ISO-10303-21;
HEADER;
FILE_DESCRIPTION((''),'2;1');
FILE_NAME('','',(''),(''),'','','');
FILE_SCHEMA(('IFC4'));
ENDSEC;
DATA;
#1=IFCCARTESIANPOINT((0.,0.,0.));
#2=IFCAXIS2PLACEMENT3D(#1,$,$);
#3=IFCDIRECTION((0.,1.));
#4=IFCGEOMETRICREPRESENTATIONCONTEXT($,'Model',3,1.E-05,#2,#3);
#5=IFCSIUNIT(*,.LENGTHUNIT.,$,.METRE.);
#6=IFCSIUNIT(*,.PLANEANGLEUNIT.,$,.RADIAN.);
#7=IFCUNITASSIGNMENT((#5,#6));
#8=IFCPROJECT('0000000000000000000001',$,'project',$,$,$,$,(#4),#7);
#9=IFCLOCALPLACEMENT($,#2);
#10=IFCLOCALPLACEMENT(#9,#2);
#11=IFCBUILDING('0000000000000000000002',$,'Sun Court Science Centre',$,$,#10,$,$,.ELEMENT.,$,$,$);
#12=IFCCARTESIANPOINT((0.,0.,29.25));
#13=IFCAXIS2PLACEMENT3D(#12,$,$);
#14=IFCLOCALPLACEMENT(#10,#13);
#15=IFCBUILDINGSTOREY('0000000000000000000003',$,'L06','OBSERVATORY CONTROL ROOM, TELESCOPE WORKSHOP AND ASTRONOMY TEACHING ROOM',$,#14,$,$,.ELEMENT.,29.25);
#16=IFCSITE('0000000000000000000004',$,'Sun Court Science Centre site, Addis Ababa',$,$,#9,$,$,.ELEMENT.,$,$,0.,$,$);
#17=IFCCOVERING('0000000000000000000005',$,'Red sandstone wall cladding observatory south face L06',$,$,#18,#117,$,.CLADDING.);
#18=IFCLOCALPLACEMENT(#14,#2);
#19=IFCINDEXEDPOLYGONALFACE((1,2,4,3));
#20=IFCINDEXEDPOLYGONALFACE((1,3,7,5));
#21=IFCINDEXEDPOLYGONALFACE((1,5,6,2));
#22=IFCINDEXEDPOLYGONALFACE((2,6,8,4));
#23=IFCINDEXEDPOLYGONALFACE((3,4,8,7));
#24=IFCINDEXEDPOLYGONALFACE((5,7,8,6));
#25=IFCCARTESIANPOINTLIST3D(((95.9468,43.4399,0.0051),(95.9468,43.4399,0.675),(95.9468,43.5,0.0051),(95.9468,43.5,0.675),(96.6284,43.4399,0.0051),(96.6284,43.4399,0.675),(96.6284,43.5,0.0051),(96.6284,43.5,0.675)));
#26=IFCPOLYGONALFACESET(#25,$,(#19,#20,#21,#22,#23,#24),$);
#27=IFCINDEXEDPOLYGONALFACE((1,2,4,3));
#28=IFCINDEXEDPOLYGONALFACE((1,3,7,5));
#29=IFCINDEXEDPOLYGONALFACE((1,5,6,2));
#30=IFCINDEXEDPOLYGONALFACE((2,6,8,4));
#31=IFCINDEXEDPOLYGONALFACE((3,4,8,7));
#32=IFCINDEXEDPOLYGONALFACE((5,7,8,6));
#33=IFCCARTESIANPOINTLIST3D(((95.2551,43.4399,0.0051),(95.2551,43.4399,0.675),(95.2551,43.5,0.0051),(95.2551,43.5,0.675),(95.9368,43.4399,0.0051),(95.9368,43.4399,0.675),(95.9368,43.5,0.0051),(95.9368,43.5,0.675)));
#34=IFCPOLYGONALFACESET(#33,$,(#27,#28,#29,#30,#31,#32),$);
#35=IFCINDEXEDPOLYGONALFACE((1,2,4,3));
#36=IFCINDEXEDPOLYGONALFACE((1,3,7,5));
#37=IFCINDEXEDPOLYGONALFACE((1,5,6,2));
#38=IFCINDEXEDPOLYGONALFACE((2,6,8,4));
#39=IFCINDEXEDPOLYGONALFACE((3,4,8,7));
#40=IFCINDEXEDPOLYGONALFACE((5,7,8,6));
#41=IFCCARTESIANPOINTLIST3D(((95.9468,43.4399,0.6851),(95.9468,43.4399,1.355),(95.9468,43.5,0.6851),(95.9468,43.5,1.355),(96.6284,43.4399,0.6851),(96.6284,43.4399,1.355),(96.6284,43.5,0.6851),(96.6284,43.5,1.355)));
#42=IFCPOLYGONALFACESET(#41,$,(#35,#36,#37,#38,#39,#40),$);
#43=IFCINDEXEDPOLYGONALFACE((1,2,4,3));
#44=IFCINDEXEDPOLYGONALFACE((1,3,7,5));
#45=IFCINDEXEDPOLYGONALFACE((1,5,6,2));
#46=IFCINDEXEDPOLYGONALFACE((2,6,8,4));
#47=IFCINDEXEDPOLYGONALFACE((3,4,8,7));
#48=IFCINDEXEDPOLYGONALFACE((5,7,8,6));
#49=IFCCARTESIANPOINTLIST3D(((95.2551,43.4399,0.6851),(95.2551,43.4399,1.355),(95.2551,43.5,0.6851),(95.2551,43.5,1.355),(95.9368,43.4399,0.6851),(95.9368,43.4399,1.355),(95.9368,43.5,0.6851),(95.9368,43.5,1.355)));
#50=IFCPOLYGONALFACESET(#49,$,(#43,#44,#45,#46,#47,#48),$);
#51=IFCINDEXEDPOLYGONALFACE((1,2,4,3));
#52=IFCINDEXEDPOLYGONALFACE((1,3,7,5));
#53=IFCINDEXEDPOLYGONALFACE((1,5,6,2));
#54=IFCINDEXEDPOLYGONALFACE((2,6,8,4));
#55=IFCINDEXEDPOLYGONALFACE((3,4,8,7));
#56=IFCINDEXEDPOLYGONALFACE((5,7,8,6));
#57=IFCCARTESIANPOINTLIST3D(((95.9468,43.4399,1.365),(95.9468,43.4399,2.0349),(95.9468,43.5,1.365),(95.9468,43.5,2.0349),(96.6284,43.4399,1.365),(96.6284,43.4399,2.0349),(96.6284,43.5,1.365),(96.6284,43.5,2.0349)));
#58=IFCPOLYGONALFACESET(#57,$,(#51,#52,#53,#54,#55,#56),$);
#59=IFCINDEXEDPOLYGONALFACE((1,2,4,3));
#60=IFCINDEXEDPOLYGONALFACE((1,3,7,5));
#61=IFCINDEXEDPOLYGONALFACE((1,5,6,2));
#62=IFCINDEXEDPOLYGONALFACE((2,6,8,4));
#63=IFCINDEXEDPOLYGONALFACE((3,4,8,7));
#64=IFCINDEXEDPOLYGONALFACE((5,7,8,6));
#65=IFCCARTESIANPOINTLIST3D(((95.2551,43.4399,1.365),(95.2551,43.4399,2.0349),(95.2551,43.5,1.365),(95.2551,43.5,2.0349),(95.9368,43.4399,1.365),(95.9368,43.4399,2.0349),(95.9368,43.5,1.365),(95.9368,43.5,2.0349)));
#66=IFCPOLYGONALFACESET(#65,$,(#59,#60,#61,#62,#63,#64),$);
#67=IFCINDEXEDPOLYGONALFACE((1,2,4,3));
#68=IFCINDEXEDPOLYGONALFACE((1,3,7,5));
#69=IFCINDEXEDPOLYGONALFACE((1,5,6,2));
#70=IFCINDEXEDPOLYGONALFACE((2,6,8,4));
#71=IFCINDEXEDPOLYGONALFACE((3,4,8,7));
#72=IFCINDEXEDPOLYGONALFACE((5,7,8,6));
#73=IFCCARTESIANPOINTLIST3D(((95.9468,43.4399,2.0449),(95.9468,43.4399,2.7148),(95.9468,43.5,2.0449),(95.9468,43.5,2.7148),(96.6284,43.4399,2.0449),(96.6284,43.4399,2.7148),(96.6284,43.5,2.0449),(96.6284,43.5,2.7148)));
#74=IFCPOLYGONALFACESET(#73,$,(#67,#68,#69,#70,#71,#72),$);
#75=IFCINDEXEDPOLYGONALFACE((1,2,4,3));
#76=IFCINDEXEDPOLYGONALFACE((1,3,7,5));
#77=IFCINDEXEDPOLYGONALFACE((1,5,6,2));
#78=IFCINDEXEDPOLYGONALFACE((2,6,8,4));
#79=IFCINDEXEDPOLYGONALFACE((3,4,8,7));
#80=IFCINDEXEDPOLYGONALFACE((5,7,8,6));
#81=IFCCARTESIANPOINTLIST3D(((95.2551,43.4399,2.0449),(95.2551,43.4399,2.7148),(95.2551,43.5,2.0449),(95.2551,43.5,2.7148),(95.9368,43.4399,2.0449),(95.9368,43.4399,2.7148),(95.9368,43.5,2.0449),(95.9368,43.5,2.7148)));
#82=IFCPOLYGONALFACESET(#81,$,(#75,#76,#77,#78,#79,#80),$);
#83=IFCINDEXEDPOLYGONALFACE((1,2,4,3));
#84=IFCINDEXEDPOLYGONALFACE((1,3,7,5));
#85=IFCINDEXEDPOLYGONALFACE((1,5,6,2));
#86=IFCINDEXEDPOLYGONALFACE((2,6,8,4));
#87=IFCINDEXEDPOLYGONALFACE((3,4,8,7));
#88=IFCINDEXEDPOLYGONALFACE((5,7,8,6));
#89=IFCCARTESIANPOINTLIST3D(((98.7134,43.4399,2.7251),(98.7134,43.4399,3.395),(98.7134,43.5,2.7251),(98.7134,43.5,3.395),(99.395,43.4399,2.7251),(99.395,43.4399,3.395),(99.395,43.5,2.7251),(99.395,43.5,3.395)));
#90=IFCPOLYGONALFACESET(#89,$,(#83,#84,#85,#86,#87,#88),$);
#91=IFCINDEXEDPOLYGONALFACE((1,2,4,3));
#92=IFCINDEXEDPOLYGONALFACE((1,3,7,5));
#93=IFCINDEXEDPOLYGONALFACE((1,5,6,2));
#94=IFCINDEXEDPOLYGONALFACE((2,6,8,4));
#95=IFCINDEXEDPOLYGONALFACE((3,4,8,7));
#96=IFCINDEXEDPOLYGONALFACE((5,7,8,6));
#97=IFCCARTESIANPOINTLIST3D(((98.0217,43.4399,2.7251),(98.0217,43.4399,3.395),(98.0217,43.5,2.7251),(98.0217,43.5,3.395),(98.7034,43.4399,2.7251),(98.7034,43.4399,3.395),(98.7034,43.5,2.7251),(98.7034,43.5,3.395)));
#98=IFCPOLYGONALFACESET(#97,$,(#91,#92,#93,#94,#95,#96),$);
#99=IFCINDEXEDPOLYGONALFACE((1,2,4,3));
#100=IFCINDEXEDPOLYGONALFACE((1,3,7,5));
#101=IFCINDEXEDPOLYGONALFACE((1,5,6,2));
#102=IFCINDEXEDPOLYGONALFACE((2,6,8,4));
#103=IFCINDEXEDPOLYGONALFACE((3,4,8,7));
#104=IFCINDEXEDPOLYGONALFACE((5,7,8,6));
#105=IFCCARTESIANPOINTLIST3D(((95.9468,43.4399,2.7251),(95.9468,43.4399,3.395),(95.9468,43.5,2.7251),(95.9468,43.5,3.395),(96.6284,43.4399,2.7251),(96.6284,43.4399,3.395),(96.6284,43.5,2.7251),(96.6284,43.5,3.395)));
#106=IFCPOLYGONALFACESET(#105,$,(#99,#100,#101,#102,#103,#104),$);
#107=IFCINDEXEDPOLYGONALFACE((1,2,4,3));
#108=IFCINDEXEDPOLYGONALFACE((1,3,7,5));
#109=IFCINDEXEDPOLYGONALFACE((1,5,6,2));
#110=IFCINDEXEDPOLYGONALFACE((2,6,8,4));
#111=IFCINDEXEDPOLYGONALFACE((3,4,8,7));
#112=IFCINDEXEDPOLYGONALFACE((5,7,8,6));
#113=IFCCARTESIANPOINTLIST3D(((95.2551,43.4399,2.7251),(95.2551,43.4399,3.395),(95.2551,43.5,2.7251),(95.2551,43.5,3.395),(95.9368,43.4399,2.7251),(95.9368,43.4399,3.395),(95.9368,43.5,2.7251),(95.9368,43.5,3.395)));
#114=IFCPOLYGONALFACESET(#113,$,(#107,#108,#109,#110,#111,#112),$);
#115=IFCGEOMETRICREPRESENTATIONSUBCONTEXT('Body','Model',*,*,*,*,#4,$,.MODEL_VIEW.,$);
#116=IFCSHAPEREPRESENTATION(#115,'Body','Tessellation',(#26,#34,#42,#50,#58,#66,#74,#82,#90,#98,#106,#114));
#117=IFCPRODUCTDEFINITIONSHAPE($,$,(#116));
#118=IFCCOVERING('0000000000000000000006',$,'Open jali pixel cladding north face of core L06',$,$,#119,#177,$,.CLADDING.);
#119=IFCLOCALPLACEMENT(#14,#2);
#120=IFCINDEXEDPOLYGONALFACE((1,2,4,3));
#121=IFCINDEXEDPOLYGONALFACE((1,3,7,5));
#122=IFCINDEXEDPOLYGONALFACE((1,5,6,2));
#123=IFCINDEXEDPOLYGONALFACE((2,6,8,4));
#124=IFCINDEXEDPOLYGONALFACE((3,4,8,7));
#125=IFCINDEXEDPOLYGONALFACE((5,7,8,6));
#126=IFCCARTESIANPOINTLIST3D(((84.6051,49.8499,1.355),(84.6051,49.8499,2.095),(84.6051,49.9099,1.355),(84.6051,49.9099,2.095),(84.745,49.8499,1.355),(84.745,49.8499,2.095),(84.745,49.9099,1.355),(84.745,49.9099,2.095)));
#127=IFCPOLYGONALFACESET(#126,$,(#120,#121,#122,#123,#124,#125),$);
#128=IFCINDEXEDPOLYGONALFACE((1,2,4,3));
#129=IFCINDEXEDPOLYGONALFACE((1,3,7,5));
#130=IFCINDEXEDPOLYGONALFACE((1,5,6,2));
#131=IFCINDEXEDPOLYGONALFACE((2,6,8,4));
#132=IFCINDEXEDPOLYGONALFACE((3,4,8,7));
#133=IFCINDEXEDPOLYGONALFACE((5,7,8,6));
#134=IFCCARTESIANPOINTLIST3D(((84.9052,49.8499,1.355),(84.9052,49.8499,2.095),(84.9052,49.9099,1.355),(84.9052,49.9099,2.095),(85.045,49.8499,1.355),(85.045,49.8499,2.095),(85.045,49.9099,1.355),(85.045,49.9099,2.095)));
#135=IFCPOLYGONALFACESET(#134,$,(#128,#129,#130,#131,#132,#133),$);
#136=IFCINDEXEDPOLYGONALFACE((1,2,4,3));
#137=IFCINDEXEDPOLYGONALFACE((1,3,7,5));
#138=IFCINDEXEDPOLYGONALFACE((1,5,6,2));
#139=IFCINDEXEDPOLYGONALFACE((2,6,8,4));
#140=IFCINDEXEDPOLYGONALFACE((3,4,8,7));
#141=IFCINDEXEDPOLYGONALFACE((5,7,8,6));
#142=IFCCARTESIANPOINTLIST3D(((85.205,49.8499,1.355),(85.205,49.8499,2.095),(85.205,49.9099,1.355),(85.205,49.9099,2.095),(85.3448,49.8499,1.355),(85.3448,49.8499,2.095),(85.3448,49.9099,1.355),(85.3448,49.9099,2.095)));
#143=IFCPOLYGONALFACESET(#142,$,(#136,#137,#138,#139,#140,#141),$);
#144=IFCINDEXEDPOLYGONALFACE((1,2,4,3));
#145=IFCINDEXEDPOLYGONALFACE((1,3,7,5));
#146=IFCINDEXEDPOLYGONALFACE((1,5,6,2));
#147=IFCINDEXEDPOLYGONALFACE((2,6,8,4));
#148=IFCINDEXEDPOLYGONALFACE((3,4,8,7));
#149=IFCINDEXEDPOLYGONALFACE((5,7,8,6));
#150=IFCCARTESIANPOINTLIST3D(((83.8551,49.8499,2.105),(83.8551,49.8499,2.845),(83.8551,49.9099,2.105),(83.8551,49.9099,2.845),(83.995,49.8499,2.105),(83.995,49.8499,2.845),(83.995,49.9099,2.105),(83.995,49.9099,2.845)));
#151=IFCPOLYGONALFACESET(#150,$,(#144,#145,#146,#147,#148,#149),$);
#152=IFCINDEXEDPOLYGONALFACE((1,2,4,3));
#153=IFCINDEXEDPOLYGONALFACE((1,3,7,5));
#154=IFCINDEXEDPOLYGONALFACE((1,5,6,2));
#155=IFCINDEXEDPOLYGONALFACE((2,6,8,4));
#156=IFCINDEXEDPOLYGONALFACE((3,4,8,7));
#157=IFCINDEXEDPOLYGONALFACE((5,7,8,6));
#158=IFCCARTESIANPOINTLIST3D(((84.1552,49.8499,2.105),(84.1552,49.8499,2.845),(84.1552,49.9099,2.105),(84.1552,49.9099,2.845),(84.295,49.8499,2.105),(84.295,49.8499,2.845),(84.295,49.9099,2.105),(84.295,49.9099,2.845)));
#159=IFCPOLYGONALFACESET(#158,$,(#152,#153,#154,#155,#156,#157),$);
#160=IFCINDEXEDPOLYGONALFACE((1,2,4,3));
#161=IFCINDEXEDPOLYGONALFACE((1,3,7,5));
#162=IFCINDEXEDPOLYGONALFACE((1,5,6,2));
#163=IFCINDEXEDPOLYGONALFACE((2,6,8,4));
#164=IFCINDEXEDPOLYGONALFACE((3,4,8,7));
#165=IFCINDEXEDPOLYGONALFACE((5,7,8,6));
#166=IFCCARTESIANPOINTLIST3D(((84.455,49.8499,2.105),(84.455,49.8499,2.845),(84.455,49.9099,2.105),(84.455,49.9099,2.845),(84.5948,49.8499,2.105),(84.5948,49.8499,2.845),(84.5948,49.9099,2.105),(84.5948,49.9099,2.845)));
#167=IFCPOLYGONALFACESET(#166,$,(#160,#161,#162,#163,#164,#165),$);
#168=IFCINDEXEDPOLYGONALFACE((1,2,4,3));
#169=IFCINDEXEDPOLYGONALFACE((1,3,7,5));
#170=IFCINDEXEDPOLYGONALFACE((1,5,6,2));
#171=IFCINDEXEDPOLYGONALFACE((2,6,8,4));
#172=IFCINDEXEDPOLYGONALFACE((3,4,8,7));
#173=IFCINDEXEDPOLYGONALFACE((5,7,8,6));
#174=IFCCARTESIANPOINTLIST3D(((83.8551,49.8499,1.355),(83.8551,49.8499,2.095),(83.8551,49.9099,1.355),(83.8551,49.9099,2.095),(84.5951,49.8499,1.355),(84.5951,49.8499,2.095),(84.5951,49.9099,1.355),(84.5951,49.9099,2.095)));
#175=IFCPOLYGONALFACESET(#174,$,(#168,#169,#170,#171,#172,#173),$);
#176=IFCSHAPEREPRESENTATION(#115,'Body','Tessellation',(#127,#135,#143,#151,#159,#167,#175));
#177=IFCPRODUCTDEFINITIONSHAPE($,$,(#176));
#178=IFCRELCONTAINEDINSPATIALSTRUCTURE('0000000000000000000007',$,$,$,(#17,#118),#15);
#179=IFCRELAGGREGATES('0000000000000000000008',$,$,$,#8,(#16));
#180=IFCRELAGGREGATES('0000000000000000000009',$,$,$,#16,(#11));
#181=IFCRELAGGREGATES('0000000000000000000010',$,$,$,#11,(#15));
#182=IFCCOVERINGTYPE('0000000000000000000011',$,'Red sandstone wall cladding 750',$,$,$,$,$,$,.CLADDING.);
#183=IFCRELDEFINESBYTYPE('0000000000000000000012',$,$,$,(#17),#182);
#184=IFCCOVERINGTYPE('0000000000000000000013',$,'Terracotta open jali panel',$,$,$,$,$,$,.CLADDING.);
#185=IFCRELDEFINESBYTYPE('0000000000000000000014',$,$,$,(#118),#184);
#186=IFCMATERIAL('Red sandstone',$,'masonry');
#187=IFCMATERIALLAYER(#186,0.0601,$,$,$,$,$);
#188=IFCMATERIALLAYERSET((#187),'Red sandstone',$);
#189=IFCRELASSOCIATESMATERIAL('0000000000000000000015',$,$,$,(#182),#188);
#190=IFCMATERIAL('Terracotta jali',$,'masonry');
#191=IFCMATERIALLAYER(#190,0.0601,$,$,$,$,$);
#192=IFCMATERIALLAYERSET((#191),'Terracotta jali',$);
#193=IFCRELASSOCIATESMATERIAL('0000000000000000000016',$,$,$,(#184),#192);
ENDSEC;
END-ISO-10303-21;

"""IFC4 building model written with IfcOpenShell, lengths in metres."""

from ifc_helpers import new_model, si_unit, direction, frame, origin, origin_2d, place, context, subcontext, project, spatial, rectangle, extrude, material, layer, layer_set, type_object, element, save


model = new_model("IFC4")

# Units and contexts
model_context = context("Model", 3, precision=1e-05, world=origin(), true_north=direction((0.0, 1.0)))
body_context = subcontext(model_context, "Body", "Model", "MODEL_VIEW")
ifc_project = project(units=[si_unit("LENGTHUNIT", "METRE"), si_unit("PLANEANGLEUNIT", "RADIAN")], contexts=[model_context])

# Site, building, storey
site_placement = place(None, origin())
site = spatial("IfcSite", under=ifc_project, at=site_placement, Name="Sun Court Science Centre site, Addis Ababa", CompositionType="ELEMENT", RefElevation=0.0)
building_placement = place(site_placement, origin())
building = spatial("IfcBuilding", under=site, at=building_placement, Name="Sun Court Science Centre", CompositionType="ELEMENT")
storey_placement = place(building_placement, frame((0.0, 0.0, 29.25)))
storey = spatial("IfcBuildingStorey", under=building, at=storey_placement, Name="L06", Description="OBSERVATORY CONTROL ROOM, TELESCOPE WORKSHOP AND ASTRONOMY TEACHING ROOM", CompositionType="ELEMENT", Elevation=29.25)

# Coverings
ifc_material_1 = material(Name="Red sandstone", Category="masonry")
ifc_layer_1 = layer(ifc_material_1, 0.0601)
ifc_layer_set_1 = layer_set([ifc_layer_1], Name="Red sandstone")
covering_type_1 = type_object("IfcCoveringType", Name="Red sandstone wall cladding 750", PredefinedType="CLADDING", material=ifc_layer_set_1)
covering_1_placement = place(storey_placement, frame((0.0, 0.0, -29.25)))
element("IfcCovering", 1, at=covering_1_placement, inside=storey, type_object=covering_type_1, Name="Red sandstone wall cladding observatory south face L06", PredefinedType="CLADDING", context=body_context, shape_type="SweptSolid", body=[
    extrude(rectangle(XDim=0.6816, YDim=0.0601, at=origin_2d()), frame((96.2876, 43.47, 29.2551), z_axis=(0.0, 0.0, 1.0), x_axis=(-1.0, 0.0, 0.0)), (0.0, 0.0, 1.0), 0.6699),
    extrude(rectangle(XDim=0.6816, YDim=0.0601, at=origin_2d()), frame((95.5959, 43.47, 29.2551), z_axis=(0.0, 0.0, 1.0), x_axis=(-1.0, 0.0, 0.0)), (0.0, 0.0, 1.0), 0.6699),
    extrude(rectangle(XDim=0.6816, YDim=0.0601, at=origin_2d()), frame((96.2876, 43.47, 29.9351), z_axis=(0.0, 0.0, 1.0), x_axis=(-1.0, 0.0, 0.0)), (0.0, 0.0, 1.0), 0.6699),
    extrude(rectangle(XDim=0.6816, YDim=0.0601, at=origin_2d()), frame((95.5959, 43.47, 29.9351), z_axis=(0.0, 0.0, 1.0), x_axis=(-1.0, 0.0, 0.0)), (0.0, 0.0, 1.0), 0.6699),
    extrude(rectangle(XDim=0.6816, YDim=0.0601, at=origin_2d()), frame((96.2876, 43.47, 30.615), z_axis=(0.0, 0.0, 1.0), x_axis=(-1.0, 0.0, 0.0)), (0.0, 0.0, 1.0), 0.6699),
    extrude(rectangle(XDim=0.6816, YDim=0.0601, at=origin_2d()), frame((95.5959, 43.47, 30.615), z_axis=(0.0, 0.0, 1.0), x_axis=(-1.0, 0.0, 0.0)), (0.0, 0.0, 1.0), 0.6699),
    extrude(rectangle(XDim=0.6816, YDim=0.0601, at=origin_2d()), frame((96.2876, 43.47, 31.2949), z_axis=(0.0, 0.0, 1.0), x_axis=(-1.0, 0.0, 0.0)), (0.0, 0.0, 1.0), 0.6699),
    extrude(rectangle(XDim=0.6816, YDim=0.0601, at=origin_2d()), frame((95.5959, 43.47, 31.2949), z_axis=(0.0, 0.0, 1.0), x_axis=(-1.0, 0.0, 0.0)), (0.0, 0.0, 1.0), 0.6699),
    extrude(rectangle(XDim=0.6816, YDim=0.0601, at=origin_2d()), frame((99.0542, 43.47, 31.9751), z_axis=(0.0, 0.0, 1.0), x_axis=(-1.0, 0.0, 0.0)), (0.0, 0.0, 1.0), 0.6699),
    extrude(rectangle(XDim=0.6816, YDim=0.0601, at=origin_2d()), frame((98.3625, 43.47, 31.9751), z_axis=(0.0, 0.0, 1.0), x_axis=(-1.0, 0.0, 0.0)), (0.0, 0.0, 1.0), 0.6699),
    extrude(rectangle(XDim=0.6816, YDim=0.0601, at=origin_2d()), frame((96.2876, 43.47, 31.9751), z_axis=(0.0, 0.0, 1.0), x_axis=(-1.0, 0.0, 0.0)), (0.0, 0.0, 1.0), 0.6699),
    extrude(rectangle(XDim=0.6816, YDim=0.0601, at=origin_2d()), frame((95.5959, 43.47, 31.9751), z_axis=(0.0, 0.0, 1.0), x_axis=(-1.0, 0.0, 0.0)), (0.0, 0.0, 1.0), 0.6699),
])
ifc_material_2 = material(Name="Terracotta jali", Category="masonry")
ifc_layer_2 = layer(ifc_material_2, 0.0601)
ifc_layer_set_2 = layer_set([ifc_layer_2], Name="Terracotta jali")
covering_type_2 = type_object("IfcCoveringType", Name="Terracotta open jali panel", PredefinedType="CLADDING", material=ifc_layer_set_2)
covering_2_placement = place(storey_placement, frame((0.0, 0.0, -29.25)))
element("IfcCovering", 2, at=covering_2_placement, inside=storey, type_object=covering_type_2, Name="Open jali pixel cladding north face of core L06", PredefinedType="CLADDING", context=body_context, shape_type="SweptSolid", body=[
    extrude(rectangle(XDim=0.1399, YDim=0.0601, at=origin_2d()), frame((84.675, 49.8799, 30.605), z_axis=(0.0, 0.0, 1.0), x_axis=(1.0, 0.0, 0.0)), (0.0, 0.0, 1.0), 0.74),
    extrude(rectangle(XDim=0.1399, YDim=0.0601, at=origin_2d()), frame((84.9751, 49.8799, 30.605), z_axis=(0.0, 0.0, 1.0), x_axis=(1.0, 0.0, 0.0)), (0.0, 0.0, 1.0), 0.74),
    extrude(rectangle(XDim=0.1399, YDim=0.0601, at=origin_2d()), frame((85.2749, 49.8799, 30.605), z_axis=(0.0, 0.0, 1.0), x_axis=(1.0, 0.0, 0.0)), (0.0, 0.0, 1.0), 0.74),
    extrude(rectangle(XDim=0.1399, YDim=0.0601, at=origin_2d()), frame((83.925, 49.8799, 31.355), z_axis=(0.0, 0.0, 1.0), x_axis=(1.0, 0.0, 0.0)), (0.0, 0.0, 1.0), 0.74),
    extrude(rectangle(XDim=0.1399, YDim=0.0601, at=origin_2d()), frame((84.2251, 49.8799, 31.355), z_axis=(0.0, 0.0, 1.0), x_axis=(1.0, 0.0, 0.0)), (0.0, 0.0, 1.0), 0.74),
    extrude(rectangle(XDim=0.1399, YDim=0.0601, at=origin_2d()), frame((84.5249, 49.8799, 31.355), z_axis=(0.0, 0.0, 1.0), x_axis=(1.0, 0.0, 0.0)), (0.0, 0.0, 1.0), 0.74),
    extrude(rectangle(XDim=0.74, YDim=0.0601, at=origin_2d()), frame((84.2251, 49.8799, 30.605), z_axis=(0.0, 0.0, 1.0), x_axis=(1.0, 0.0, 0.0)), (0.0, 0.0, 1.0), 0.74),
])

save(model, "model.ifc")
